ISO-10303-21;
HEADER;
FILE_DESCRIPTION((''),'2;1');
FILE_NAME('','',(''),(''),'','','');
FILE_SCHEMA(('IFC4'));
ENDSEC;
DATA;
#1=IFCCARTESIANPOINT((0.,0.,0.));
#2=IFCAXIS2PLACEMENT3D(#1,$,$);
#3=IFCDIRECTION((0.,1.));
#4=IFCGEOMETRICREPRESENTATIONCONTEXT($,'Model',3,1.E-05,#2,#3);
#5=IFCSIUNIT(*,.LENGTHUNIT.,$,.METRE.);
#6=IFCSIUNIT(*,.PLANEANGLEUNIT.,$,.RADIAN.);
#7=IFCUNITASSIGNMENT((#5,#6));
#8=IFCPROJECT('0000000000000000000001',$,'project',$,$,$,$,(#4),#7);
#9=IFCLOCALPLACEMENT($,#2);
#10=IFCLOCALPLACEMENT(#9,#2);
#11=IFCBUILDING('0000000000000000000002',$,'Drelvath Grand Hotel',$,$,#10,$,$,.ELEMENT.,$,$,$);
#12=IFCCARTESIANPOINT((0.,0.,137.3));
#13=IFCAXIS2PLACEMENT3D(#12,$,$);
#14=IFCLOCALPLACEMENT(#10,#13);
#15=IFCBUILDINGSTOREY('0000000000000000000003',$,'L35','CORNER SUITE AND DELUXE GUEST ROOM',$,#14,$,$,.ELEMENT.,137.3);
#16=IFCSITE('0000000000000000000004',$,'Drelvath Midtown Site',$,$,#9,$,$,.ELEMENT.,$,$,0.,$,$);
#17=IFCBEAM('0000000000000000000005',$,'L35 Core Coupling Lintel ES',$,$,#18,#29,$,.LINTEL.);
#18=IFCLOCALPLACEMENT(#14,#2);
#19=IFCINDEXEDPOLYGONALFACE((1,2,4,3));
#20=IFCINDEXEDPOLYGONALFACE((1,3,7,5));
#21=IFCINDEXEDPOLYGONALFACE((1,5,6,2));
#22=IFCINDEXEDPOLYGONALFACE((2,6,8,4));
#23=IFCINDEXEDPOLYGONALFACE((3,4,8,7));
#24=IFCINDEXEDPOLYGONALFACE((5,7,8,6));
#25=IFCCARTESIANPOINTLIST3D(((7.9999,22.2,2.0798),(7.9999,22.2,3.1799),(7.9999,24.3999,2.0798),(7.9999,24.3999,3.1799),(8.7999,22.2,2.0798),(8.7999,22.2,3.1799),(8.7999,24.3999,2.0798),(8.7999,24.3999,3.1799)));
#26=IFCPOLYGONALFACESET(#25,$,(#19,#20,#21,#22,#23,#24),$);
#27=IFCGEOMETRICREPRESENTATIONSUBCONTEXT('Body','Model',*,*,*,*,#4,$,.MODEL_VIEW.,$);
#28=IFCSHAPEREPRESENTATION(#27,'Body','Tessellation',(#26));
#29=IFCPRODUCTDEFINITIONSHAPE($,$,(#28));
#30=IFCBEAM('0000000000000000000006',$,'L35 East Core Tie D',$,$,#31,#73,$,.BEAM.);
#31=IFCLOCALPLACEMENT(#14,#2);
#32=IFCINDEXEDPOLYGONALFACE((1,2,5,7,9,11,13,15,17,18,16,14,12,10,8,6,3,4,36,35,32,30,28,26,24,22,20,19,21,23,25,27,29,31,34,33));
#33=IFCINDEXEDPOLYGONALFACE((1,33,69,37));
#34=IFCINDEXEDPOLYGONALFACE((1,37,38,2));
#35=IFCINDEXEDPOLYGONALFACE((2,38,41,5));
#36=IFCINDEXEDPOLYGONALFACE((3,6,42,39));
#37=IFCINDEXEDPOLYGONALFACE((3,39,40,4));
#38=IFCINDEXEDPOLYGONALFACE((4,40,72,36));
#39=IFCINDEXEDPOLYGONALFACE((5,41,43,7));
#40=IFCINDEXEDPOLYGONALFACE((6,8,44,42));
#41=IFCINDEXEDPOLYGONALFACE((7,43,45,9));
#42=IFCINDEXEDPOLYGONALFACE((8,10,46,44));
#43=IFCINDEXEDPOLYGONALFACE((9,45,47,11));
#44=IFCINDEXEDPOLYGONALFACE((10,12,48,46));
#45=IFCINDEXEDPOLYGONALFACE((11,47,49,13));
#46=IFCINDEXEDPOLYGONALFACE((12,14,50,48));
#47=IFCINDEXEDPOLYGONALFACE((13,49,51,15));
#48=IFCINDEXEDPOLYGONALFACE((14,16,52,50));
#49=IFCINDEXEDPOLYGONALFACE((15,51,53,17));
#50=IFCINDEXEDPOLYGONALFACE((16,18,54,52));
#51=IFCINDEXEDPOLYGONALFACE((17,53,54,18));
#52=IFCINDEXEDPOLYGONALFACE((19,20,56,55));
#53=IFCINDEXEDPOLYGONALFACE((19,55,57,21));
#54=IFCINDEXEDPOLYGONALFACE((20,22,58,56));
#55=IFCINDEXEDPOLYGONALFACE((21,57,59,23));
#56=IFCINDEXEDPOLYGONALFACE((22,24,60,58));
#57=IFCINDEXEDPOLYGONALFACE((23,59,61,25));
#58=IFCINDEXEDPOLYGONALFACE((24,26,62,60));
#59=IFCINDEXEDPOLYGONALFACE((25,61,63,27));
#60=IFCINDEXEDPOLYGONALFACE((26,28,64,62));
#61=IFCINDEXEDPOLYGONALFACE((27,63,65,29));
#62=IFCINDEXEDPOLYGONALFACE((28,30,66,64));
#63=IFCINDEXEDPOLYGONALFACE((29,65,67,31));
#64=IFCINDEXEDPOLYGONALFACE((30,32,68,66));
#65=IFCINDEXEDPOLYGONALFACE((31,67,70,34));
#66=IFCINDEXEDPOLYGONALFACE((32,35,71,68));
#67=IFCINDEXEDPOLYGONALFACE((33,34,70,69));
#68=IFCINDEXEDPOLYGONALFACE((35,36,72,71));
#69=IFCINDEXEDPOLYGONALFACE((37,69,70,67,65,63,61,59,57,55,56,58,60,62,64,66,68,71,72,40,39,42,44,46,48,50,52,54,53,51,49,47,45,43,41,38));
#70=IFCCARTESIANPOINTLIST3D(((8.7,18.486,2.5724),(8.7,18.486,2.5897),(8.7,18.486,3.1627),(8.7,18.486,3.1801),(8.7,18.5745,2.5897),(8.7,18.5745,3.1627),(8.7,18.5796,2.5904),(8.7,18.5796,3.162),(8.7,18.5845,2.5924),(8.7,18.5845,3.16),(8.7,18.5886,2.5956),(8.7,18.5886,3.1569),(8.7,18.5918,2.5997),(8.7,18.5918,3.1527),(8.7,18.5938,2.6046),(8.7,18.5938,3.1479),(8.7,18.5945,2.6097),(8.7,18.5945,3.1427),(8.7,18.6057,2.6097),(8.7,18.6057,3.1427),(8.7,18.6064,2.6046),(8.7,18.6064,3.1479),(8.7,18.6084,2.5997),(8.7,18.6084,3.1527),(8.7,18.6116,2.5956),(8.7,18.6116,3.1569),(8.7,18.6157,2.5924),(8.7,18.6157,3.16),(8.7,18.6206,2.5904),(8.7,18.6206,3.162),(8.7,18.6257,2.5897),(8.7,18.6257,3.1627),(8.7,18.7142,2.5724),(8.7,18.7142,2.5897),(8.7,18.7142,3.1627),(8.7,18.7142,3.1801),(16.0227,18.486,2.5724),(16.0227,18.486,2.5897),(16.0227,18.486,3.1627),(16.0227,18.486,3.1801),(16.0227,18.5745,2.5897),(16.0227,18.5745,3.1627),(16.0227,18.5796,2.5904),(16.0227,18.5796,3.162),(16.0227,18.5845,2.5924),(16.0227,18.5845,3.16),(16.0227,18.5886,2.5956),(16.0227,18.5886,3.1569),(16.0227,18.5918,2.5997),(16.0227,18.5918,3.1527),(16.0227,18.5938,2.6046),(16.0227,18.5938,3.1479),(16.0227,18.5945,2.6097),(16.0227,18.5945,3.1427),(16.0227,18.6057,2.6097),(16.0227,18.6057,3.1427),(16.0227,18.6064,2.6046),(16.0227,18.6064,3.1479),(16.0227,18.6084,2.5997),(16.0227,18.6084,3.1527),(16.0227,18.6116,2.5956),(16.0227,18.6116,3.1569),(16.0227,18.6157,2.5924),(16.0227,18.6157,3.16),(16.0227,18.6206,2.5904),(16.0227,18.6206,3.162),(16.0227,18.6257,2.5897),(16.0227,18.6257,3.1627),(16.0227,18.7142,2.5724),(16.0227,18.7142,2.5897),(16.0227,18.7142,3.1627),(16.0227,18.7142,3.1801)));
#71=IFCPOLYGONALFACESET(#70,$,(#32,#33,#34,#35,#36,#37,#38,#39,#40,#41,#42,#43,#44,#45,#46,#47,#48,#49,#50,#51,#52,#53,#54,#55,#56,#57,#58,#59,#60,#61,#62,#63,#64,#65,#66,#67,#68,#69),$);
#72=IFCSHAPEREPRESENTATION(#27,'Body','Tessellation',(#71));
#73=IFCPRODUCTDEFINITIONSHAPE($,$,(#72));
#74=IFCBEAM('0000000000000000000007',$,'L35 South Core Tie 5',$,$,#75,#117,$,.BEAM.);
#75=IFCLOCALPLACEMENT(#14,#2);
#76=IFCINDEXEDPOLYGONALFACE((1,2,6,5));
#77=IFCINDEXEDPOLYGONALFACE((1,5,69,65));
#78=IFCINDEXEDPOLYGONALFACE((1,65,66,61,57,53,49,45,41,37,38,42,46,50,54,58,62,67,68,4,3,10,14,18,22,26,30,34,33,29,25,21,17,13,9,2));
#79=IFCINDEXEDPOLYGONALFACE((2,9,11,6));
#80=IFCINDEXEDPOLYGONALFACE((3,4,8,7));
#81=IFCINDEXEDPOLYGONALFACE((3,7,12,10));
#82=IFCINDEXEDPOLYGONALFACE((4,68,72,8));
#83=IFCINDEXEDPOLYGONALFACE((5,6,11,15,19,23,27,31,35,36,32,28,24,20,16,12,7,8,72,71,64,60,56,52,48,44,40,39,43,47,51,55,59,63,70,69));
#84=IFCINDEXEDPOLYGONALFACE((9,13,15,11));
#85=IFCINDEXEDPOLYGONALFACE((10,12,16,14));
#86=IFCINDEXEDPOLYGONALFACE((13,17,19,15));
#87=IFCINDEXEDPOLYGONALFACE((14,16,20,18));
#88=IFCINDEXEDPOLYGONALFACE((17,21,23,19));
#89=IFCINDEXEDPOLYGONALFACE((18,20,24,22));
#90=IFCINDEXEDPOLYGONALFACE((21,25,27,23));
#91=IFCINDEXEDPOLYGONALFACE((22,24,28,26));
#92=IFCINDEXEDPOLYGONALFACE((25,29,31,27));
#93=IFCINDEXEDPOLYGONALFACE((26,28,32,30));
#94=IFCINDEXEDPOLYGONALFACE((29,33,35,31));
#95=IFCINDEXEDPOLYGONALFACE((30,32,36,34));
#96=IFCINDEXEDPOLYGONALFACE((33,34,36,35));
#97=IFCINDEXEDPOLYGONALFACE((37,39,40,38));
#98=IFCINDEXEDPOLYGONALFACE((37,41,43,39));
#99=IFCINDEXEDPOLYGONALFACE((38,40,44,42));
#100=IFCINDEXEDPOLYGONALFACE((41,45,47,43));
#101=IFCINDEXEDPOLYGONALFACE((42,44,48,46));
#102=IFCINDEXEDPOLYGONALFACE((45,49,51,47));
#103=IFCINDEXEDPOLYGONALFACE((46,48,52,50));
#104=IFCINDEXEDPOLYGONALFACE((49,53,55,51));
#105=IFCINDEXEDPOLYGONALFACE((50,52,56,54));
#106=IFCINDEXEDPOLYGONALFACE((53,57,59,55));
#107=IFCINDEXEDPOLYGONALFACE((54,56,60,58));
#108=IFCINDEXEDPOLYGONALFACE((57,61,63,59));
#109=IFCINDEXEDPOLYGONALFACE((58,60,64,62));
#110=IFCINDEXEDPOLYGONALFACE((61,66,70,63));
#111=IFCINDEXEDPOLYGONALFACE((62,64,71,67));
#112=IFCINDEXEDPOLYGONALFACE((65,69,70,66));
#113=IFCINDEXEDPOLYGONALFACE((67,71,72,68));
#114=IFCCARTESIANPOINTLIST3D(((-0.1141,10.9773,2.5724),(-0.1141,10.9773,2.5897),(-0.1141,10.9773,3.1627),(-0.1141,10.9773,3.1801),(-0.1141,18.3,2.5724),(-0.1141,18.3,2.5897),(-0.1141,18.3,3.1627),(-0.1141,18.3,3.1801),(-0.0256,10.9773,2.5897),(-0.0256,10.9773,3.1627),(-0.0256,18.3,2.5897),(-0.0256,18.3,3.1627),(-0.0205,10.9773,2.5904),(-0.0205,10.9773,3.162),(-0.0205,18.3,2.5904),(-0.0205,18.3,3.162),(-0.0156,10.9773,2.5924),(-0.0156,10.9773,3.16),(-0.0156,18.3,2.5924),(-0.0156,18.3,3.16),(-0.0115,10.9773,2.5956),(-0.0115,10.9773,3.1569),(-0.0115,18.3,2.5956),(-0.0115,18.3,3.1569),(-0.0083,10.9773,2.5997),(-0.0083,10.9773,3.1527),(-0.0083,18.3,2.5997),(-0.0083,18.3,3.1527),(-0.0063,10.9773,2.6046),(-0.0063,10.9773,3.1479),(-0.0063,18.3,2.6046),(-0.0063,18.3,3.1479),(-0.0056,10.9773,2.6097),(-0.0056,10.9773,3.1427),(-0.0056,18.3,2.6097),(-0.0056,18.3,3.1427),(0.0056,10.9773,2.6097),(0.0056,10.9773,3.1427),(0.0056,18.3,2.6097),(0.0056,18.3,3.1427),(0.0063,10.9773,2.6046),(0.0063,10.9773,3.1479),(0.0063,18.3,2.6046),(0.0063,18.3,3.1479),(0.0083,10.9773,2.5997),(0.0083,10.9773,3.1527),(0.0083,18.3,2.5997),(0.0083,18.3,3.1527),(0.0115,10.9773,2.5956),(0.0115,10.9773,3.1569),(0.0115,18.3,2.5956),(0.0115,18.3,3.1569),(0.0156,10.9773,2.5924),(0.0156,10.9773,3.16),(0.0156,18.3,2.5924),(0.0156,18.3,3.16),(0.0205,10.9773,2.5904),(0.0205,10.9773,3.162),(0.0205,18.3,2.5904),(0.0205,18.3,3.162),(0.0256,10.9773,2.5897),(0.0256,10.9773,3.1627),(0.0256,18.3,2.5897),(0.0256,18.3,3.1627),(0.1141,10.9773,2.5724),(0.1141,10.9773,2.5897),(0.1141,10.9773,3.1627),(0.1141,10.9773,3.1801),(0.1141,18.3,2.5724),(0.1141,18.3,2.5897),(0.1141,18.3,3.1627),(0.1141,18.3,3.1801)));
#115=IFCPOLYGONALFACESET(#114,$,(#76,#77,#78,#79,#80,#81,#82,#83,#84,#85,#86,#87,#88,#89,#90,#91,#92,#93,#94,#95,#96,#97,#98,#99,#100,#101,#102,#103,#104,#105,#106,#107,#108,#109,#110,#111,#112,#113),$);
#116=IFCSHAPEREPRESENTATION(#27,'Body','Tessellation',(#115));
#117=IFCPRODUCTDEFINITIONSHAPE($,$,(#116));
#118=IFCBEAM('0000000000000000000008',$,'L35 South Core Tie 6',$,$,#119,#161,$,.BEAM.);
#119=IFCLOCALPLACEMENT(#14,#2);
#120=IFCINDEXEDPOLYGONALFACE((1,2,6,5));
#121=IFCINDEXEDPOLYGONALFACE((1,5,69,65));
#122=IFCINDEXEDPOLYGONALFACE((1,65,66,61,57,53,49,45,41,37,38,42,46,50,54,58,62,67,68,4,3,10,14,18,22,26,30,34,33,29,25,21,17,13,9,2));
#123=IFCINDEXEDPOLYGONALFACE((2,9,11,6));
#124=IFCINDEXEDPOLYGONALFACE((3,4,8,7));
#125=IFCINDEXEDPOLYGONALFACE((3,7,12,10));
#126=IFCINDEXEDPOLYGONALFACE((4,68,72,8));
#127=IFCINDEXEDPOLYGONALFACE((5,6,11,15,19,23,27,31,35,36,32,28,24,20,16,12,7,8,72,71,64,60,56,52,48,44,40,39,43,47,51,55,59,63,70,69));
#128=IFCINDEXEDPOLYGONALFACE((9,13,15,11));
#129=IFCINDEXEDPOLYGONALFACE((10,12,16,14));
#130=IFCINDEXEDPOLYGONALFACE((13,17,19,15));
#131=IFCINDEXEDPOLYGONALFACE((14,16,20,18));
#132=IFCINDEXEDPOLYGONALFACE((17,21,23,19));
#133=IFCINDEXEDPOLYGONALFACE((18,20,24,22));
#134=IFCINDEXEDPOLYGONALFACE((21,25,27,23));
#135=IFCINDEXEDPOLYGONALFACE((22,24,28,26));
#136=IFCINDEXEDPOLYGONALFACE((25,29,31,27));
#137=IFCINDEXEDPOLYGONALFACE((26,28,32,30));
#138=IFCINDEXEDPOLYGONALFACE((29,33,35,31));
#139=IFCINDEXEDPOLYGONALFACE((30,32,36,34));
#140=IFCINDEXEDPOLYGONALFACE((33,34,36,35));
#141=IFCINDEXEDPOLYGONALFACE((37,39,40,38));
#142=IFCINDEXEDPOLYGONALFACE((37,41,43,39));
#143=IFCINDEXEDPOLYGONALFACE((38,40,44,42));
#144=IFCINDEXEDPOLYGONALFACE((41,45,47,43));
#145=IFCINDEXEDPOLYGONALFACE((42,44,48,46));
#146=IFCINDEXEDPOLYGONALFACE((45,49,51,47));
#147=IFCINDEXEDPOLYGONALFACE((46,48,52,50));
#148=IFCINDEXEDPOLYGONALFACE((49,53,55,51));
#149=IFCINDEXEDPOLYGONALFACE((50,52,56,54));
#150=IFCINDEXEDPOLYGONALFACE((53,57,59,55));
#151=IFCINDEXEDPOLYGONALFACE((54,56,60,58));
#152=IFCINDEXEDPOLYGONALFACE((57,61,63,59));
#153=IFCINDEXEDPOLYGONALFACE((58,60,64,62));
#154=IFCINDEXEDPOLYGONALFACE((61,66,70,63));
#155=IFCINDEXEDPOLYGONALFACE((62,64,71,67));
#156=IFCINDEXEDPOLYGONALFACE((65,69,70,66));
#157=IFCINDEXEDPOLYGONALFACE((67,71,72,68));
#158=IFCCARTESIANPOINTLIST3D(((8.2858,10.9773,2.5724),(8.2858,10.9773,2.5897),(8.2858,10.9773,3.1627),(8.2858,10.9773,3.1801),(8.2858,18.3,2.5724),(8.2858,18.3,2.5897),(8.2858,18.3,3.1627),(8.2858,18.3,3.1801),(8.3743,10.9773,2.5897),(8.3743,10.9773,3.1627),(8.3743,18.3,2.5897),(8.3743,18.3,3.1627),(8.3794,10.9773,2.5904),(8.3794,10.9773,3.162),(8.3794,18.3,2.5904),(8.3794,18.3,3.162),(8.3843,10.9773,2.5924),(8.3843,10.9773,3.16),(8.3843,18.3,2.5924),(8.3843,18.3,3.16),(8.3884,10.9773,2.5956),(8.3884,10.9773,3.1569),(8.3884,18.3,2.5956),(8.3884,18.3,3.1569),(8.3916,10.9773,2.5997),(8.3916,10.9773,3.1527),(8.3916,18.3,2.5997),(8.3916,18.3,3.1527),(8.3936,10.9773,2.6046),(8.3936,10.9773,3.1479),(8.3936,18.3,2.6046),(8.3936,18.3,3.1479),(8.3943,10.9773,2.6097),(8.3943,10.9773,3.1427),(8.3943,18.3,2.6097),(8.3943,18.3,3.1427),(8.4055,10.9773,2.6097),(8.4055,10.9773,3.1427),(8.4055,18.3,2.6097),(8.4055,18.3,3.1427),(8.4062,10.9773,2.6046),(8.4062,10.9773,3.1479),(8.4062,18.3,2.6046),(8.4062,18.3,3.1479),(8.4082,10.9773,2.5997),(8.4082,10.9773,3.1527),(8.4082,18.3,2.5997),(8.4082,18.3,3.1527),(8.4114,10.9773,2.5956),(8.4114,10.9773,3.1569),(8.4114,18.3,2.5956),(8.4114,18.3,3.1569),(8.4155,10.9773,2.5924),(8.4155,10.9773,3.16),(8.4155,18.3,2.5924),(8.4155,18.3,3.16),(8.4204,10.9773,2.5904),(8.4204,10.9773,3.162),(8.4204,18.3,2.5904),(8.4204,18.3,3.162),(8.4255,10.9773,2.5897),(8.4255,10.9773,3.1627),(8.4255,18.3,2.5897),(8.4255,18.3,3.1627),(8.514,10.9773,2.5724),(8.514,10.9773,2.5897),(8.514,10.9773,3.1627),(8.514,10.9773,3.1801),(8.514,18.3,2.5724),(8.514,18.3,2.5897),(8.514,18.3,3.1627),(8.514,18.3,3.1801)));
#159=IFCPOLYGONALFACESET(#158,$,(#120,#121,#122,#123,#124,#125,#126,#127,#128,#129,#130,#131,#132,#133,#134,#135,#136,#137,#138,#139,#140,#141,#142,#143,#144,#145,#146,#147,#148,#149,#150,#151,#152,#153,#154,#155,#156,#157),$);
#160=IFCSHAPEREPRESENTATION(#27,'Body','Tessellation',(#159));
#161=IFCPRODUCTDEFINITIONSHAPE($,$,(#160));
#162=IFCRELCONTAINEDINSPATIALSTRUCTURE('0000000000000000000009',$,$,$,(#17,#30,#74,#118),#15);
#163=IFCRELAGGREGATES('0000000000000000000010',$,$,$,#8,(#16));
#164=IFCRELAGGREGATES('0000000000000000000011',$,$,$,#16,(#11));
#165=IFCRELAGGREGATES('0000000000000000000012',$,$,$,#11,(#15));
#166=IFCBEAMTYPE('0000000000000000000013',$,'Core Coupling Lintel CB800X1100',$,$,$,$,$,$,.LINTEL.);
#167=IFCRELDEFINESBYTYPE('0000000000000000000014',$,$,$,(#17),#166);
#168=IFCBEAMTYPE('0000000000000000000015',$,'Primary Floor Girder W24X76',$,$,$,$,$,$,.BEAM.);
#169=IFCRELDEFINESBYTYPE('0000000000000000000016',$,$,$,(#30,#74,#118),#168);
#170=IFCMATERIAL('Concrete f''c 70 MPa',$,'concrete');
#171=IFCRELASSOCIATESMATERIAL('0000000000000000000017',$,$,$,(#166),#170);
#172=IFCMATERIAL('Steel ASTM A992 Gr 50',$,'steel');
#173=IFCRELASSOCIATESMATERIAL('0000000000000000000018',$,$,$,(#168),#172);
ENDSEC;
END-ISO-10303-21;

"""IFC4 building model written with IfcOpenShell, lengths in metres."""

from ifc_helpers import new_model, si_unit, direction, frame, origin, origin_2d, place, context, subcontext, project, spatial, rectangle, i_section, extrude, material, material_profile, profile_set, type_object, element, save


model = new_model("IFC4")

# Units and contexts
model_context = context("Model", 3, precision=1e-05, world=origin(), true_north=direction((0.0, 1.0)))
body_context = subcontext(model_context, "Body", "Model", "MODEL_VIEW")
ifc_project = project(units=[si_unit("LENGTHUNIT", "METRE"), si_unit("PLANEANGLEUNIT", "RADIAN")], contexts=[model_context])

# Site, building, storey
site_placement = place(None, origin())
site = spatial("IfcSite", under=ifc_project, at=site_placement, Name="Drelvath Midtown Site", CompositionType="ELEMENT", RefElevation=0.0)
building_placement = place(site_placement, origin())
building = spatial("IfcBuilding", under=site, at=building_placement, Name="Drelvath Grand Hotel", CompositionType="ELEMENT")
storey_placement = place(building_placement, frame((0.0, 0.0, 137.3)))
storey = spatial("IfcBuildingStorey", under=building, at=storey_placement, Name="L35", Description="CORNER SUITE AND DELUXE GUEST ROOM", CompositionType="ELEMENT", Elevation=137.3)

# Beams
ifc_material_1 = material(Name="Concrete f'c 70 MPa", Category="concrete")
ifc_material_profile_1 = material_profile(ifc_material_1, rectangle(XDim=0.8, YDim=1.1001, at=origin_2d()), Name="CB800X1100")
ifc_profile_set_1 = profile_set([ifc_material_profile_1], Name="Concrete f'c 70 MPa")
beam_type_1 = type_object("IfcBeamType", Name="Core Coupling Lintel CB800X1100", PredefinedType="LINTEL", material=ifc_profile_set_1)
beam_placement = place(storey_placement, frame((8.3999, 22.2, 2.6299), z_axis=(0.0, 1.0, 0.0), x_axis=(-1.0, 0.0, 0.0)))
element("IfcBeam", 1, at=beam_placement, inside=storey, type_object=beam_type_1, Name="L35 Core Coupling Lintel ES", PredefinedType="LINTEL", context=body_context, shape_type="SweptSolid", body=[
    extrude(rectangle(XDim=0.8, YDim=1.1001, at=origin_2d()), origin(), (0.0, 0.0, 1.0), 2.2),
])
ifc_material_2 = material(Name="Steel ASTM A992 Gr 50", Category="steel")
ifc_material_profile_2 = material_profile(ifc_material_2, i_section(OverallWidth=0.2283, OverallDepth=0.6077, WebThickness=0.0112, FlangeThickness=0.0173, FilletRadius=0.02, at=origin_2d()), Name="W24X76")
ifc_profile_set_2 = profile_set([ifc_material_profile_2], Name="Steel ASTM A992 Gr 50")
beam_type_2 = type_object("IfcBeamType", Name="Primary Floor Girder W24X76", PredefinedType="BEAM", material=ifc_profile_set_2)
for number, where, z_axis, x_axis, name in (
    (2, (8.7, 18.6001, 2.8762), (1.0, 0.0, 0.0), (0.0, 1.0, 0.0), "L35 East Core Tie D"),
    (3, (0.0, 10.9773, 2.8762), (0.0, 1.0, 0.0), (-1.0, 0.0, 0.0), "L35 South Core Tie 5"),
    (4, (8.3999, 10.9773, 2.8762), (0.0, 1.0, 0.0), (-1.0, 0.0, 0.0), "L35 South Core Tie 6"),
):
    element("IfcBeam", number, at=place(storey_placement, frame(where, z_axis=z_axis, x_axis=x_axis)), inside=storey, type_object=beam_type_2, Name=name, PredefinedType="BEAM", context=body_context, shape_type="SweptSolid", body=[
        extrude(i_section(OverallWidth=0.2283, OverallDepth=0.6077, WebThickness=0.0112, FlangeThickness=0.0173, FilletRadius=0.02, at=origin_2d()), origin(), (0.0, 0.0, 1.0), 7.3228),
    ])

save(model, "model.ifc")
